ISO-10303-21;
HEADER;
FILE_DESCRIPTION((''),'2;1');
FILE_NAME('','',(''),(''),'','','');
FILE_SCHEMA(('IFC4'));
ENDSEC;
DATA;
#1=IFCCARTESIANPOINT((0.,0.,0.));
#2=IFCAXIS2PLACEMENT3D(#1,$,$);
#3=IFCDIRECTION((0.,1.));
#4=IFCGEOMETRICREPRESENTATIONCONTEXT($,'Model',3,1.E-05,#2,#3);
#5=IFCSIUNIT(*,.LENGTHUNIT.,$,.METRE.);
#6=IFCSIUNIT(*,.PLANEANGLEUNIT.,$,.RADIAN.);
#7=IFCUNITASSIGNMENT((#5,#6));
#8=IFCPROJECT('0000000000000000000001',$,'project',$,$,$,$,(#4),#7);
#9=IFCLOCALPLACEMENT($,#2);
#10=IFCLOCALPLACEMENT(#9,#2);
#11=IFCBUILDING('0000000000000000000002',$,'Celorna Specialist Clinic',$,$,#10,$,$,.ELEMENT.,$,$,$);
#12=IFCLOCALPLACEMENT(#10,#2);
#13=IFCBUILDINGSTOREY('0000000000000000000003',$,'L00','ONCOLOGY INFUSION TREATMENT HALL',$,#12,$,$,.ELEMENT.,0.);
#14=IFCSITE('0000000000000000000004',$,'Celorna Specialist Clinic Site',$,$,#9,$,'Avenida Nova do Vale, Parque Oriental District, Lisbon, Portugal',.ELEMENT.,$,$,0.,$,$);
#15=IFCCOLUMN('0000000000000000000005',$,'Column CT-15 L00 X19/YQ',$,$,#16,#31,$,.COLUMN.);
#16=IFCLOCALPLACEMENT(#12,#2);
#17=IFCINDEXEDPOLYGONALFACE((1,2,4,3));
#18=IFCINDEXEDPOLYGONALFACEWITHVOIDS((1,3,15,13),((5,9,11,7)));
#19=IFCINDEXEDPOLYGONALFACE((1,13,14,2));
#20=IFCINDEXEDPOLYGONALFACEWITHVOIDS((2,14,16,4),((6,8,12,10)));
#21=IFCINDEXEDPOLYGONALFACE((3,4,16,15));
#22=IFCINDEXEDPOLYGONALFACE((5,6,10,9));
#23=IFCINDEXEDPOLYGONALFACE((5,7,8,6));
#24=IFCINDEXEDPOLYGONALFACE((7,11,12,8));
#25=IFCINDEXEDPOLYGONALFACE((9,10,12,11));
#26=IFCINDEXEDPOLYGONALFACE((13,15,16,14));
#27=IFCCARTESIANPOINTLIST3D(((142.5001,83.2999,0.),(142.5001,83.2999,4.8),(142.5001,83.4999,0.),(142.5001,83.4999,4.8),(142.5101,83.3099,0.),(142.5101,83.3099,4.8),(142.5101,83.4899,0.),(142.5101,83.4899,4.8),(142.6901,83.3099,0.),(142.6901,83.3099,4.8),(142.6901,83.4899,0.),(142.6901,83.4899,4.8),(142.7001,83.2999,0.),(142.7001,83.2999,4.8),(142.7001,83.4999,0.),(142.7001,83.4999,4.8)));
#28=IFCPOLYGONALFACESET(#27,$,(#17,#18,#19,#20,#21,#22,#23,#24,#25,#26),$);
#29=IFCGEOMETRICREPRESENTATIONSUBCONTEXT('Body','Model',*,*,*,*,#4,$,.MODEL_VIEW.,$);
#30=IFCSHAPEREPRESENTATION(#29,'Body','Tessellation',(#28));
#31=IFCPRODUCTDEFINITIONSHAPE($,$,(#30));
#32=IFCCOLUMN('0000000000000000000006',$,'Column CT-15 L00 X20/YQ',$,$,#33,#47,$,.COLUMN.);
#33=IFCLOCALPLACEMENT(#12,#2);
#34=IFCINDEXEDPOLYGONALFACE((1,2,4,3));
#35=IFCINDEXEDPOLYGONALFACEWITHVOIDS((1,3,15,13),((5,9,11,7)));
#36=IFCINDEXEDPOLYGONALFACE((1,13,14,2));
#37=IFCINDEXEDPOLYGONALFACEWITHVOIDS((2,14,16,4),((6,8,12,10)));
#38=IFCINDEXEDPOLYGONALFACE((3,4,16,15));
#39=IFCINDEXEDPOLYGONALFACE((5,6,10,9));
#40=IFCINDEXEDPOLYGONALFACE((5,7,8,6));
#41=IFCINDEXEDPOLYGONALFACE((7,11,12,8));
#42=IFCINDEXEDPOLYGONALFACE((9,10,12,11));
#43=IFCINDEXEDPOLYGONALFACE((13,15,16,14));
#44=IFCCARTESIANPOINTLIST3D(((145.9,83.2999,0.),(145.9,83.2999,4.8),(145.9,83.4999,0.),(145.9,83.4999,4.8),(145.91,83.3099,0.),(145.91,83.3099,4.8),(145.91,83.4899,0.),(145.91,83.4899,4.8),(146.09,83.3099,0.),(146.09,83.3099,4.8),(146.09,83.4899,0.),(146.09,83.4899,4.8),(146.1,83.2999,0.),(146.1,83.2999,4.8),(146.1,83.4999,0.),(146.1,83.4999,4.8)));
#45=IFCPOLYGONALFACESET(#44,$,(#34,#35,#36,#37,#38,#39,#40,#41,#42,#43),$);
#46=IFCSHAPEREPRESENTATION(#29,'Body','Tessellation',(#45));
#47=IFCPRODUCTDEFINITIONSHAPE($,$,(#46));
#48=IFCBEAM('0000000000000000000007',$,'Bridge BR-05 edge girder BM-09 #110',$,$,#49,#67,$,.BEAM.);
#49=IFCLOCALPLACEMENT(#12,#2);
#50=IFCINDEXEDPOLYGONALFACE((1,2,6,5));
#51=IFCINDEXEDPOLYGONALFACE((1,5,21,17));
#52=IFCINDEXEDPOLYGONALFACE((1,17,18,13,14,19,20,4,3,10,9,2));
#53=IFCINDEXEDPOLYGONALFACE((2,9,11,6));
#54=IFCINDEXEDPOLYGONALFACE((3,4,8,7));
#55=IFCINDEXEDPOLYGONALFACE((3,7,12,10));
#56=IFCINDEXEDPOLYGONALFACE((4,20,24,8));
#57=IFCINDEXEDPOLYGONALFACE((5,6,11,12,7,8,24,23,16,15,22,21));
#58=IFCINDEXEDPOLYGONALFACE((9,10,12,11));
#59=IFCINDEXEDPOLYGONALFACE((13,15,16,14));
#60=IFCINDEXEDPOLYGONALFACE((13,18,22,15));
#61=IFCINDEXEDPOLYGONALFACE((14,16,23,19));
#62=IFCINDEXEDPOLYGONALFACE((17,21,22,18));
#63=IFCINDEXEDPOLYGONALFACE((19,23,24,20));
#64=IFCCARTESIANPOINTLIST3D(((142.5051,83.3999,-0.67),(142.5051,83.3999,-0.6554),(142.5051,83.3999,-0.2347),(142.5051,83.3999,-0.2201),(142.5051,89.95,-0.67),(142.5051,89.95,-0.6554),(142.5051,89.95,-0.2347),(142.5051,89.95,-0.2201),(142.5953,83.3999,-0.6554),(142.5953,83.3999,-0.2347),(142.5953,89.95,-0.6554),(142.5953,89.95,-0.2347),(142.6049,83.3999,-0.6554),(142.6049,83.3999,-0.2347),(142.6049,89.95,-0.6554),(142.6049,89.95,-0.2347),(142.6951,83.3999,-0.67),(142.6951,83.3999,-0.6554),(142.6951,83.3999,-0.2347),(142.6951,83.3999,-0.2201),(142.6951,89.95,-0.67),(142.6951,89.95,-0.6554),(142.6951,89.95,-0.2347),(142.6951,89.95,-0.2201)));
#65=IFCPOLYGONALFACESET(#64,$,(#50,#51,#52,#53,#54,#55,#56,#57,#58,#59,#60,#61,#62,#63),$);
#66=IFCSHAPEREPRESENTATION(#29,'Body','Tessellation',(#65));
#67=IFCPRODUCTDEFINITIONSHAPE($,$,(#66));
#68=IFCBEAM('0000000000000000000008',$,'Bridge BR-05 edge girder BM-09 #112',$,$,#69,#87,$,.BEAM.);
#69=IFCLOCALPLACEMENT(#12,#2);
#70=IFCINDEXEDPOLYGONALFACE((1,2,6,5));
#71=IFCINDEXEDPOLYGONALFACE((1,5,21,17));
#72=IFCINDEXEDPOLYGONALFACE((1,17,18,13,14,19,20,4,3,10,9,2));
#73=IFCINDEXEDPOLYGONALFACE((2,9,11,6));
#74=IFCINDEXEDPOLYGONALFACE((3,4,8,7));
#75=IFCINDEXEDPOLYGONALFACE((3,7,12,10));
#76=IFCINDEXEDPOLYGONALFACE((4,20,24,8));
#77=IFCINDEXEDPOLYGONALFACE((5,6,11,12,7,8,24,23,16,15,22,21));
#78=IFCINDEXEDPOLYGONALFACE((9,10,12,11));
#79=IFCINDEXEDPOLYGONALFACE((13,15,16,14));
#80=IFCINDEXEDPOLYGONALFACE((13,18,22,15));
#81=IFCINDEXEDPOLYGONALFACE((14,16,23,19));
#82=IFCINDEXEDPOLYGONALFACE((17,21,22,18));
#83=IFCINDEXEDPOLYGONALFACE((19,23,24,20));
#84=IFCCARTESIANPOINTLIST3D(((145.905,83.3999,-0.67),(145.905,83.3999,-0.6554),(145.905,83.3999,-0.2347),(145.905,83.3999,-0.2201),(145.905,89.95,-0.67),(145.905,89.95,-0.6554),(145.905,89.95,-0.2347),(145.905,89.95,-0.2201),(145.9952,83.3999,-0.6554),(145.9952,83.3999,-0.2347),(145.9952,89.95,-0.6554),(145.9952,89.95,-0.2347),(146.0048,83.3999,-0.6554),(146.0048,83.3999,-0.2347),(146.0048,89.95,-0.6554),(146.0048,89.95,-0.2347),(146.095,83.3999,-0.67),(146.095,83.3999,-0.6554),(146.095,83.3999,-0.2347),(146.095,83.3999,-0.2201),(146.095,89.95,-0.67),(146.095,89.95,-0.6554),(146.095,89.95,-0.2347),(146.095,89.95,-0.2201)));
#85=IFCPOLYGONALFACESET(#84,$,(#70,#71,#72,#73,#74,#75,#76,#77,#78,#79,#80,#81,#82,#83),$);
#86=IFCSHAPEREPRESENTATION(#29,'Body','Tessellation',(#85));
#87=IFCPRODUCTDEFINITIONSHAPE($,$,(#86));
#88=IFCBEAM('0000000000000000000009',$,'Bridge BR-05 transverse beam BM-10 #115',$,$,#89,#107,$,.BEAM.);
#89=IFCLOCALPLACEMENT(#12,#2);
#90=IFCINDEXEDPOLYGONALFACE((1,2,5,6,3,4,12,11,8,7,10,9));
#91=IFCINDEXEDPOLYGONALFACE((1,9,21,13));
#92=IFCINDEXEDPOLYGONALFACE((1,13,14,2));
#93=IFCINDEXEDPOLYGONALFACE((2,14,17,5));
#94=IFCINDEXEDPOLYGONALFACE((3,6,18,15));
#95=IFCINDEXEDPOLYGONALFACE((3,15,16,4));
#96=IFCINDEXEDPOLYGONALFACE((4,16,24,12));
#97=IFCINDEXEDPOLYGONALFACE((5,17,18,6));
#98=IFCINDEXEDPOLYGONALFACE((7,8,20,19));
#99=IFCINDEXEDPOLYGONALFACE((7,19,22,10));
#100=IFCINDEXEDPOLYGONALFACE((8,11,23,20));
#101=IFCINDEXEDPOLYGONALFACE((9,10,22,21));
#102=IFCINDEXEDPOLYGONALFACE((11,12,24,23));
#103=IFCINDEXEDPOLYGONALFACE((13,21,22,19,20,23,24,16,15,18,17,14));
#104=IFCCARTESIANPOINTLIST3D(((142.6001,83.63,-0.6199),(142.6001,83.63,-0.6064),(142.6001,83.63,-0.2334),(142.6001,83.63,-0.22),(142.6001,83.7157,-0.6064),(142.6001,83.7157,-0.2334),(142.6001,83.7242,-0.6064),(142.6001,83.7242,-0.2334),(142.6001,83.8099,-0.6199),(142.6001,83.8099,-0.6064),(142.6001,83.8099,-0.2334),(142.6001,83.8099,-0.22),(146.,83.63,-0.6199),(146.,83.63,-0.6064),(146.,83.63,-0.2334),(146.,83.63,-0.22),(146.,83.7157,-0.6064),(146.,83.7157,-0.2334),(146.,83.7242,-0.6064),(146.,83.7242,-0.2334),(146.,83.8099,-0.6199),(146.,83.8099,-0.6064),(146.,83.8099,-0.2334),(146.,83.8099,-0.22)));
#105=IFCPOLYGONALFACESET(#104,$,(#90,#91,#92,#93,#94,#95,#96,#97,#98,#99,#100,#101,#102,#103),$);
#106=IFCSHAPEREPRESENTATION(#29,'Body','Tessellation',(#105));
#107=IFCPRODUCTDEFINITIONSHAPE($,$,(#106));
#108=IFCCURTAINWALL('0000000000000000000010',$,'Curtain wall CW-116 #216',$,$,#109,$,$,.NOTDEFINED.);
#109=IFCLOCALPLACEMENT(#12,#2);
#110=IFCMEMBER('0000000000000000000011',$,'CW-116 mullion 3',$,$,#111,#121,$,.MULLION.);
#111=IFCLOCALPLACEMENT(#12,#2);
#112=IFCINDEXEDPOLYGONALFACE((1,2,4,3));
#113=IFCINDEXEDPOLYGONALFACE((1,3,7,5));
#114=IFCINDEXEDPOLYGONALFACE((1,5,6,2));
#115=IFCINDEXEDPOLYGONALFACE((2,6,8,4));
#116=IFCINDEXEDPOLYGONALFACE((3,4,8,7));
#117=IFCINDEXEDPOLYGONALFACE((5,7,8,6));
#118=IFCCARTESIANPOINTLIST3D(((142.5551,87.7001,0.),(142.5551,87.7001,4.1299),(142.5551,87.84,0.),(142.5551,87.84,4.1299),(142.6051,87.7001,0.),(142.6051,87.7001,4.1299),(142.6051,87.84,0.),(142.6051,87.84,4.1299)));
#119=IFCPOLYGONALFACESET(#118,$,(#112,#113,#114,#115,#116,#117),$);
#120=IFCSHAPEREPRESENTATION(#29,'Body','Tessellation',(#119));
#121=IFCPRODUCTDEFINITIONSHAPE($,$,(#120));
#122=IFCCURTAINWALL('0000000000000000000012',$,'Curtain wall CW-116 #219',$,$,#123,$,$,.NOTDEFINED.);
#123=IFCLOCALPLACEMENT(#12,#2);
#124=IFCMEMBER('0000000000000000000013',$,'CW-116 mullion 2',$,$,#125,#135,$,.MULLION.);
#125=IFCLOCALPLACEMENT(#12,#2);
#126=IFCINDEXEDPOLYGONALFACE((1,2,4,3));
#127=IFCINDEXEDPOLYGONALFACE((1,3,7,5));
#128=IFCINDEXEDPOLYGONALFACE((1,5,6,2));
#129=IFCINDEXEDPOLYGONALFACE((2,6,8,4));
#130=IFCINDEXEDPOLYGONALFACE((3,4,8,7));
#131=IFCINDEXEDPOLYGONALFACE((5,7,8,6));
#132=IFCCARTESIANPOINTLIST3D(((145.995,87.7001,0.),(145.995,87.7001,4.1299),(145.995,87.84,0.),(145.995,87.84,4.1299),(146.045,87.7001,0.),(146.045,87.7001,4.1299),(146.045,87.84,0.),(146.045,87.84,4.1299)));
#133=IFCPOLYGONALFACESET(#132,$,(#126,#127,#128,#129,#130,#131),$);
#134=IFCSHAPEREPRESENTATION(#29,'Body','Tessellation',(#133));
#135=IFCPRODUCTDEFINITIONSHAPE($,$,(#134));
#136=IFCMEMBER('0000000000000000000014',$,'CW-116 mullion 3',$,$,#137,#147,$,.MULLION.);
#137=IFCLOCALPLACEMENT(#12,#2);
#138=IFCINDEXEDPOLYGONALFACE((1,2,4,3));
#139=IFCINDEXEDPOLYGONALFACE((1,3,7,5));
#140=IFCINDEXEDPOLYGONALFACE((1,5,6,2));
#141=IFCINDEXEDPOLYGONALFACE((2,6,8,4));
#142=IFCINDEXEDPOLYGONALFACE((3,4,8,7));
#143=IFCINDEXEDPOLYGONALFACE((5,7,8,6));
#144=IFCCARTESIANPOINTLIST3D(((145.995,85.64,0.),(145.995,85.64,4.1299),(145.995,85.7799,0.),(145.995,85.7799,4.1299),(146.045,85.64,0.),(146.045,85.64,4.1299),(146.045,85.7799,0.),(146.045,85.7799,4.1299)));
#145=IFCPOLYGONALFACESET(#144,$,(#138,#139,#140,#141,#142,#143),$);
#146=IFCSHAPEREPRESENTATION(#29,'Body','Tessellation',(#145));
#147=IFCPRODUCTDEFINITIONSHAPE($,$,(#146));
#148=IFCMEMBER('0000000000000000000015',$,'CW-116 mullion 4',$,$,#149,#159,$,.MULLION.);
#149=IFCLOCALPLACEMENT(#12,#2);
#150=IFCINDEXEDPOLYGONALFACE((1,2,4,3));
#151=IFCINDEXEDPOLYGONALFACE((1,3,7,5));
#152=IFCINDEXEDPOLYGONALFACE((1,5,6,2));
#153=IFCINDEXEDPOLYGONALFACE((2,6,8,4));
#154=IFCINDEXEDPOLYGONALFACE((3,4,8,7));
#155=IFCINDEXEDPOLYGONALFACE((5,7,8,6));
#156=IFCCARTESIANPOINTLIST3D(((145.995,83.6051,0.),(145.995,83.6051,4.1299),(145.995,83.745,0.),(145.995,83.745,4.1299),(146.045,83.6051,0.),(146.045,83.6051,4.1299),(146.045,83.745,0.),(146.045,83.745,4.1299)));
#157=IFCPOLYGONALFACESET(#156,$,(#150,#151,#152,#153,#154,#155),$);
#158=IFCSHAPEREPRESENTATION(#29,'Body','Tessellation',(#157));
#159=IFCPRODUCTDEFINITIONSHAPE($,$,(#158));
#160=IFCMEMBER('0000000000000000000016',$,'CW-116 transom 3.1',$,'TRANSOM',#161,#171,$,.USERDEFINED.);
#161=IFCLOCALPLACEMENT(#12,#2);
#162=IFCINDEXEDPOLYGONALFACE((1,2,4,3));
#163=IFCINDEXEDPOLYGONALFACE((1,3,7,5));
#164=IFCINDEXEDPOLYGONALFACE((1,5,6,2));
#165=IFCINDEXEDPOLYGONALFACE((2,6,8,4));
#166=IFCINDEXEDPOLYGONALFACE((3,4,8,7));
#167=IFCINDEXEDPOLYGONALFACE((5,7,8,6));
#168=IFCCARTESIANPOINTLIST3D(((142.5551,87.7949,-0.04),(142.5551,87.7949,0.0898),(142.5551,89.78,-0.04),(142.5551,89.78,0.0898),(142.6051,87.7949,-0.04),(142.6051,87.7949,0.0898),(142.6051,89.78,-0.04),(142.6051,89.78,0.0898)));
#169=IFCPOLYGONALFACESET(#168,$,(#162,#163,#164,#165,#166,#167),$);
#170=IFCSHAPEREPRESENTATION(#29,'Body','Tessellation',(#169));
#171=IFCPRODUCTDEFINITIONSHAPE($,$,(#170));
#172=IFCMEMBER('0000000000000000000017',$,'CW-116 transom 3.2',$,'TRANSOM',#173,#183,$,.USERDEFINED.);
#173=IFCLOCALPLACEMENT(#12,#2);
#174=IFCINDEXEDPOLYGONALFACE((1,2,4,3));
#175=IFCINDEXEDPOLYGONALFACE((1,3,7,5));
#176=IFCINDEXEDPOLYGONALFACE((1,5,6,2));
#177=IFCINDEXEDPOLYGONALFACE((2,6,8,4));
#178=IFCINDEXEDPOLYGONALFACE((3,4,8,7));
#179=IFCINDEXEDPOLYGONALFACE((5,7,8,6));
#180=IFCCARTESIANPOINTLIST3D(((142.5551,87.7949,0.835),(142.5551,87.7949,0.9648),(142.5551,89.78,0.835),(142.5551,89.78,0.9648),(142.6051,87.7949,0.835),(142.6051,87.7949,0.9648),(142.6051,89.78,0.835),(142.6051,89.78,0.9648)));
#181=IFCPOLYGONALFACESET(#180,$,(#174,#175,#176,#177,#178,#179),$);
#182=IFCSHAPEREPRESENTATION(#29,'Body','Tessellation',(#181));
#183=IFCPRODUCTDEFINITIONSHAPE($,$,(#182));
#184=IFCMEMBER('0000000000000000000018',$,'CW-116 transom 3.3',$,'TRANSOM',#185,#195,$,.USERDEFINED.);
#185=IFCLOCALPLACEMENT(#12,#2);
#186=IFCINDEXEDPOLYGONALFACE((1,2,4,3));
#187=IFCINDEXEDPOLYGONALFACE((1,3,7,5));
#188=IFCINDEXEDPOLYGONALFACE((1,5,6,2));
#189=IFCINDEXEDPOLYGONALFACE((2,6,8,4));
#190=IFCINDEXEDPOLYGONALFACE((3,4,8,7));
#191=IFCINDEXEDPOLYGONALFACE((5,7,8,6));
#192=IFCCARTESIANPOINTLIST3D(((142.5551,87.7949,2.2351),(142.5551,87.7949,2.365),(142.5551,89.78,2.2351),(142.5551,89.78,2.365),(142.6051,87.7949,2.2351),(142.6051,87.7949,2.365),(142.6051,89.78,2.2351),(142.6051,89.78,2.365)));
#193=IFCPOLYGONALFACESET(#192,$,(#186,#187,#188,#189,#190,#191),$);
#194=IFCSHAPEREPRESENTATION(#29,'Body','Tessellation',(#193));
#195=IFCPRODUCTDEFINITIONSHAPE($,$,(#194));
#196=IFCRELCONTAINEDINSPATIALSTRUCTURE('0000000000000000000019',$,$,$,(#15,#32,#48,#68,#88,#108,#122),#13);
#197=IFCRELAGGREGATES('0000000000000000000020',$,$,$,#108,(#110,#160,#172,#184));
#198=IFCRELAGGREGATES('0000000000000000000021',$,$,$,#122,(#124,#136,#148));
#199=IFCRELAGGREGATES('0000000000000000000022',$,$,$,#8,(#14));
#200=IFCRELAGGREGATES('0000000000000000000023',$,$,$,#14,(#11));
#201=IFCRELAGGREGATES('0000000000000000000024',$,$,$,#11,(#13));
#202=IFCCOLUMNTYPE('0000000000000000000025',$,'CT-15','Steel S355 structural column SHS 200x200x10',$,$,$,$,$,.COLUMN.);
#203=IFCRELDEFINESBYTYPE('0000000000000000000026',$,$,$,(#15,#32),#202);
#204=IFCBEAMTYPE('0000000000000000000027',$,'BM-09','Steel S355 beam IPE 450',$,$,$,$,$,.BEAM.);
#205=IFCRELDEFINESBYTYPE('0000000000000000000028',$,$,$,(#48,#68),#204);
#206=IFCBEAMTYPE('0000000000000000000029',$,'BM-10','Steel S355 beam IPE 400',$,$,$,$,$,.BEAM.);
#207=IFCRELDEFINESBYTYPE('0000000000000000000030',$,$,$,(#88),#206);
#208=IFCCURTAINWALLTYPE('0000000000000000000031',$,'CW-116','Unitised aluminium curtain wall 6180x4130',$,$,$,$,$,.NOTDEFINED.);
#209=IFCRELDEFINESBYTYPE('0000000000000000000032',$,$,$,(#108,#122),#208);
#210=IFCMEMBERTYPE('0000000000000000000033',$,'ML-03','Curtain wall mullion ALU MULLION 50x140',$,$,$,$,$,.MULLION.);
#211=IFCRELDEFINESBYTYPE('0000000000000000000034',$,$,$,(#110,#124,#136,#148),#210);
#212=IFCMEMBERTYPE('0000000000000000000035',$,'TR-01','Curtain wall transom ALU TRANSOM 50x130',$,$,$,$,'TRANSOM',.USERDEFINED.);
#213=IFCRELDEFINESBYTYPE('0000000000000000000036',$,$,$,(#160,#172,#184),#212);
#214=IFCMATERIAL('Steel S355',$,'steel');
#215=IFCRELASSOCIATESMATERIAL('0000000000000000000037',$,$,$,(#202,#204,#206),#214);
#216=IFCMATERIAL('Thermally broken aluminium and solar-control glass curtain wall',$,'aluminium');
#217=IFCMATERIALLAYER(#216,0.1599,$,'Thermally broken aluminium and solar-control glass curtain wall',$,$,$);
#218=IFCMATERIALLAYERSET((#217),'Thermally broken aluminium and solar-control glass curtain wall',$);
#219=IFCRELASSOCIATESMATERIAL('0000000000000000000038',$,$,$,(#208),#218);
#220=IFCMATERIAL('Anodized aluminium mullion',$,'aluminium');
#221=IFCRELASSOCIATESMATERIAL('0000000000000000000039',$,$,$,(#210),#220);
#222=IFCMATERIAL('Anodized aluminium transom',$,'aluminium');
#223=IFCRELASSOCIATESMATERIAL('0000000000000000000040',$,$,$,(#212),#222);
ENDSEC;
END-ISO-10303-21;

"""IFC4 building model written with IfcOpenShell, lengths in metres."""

from ifc_helpers import new_model, si_unit, direction, frame, origin, origin_2d, place, context, subcontext, project, spatial, rectangle, hollow_rectangle, i_section, extrude, material, layer, layer_set, material_profile, profile_set, type_object, element, aggregate, save


model = new_model("IFC4")

# Units and contexts
model_context = context("Model", 3, precision=1e-05, world=origin(), true_north=direction((0.0, 1.0)))
body_context = subcontext(model_context, "Body", "Model", "MODEL_VIEW")
ifc_project = project(units=[si_unit("LENGTHUNIT", "METRE"), si_unit("PLANEANGLEUNIT", "RADIAN")], contexts=[model_context])

# Site, building, storey
site_placement = place(None, origin())
site = spatial("IfcSite", under=ifc_project, at=site_placement, Name="Celorna Specialist Clinic Site", LongName="Avenida Nova do Vale, Parque Oriental District, Lisbon, Portugal", CompositionType="ELEMENT", RefElevation=0.0)
building_placement = place(site_placement, origin())
building = spatial("IfcBuilding", under=site, at=building_placement, Name="Celorna Specialist Clinic", CompositionType="ELEMENT")
storey_placement = place(building_placement, origin())
storey = spatial("IfcBuildingStorey", under=building, at=storey_placement, Name="L00", Description="ONCOLOGY INFUSION TREATMENT HALL", CompositionType="ELEMENT", Elevation=0.0)

# Columns
ifc_material_1 = material(Name="Steel S355", Category="steel")
ifc_material_profile_1 = material_profile(ifc_material_1, hollow_rectangle(XDim=0.2, YDim=0.2, WallThickness=0.01, at=origin_2d()), Name="SHS 200x200x10")
ifc_profile_set_1 = profile_set([ifc_material_profile_1], Name="Steel S355")
column_type = type_object("IfcColumnType", Name="CT-15", Description="Steel S355 structural column SHS 200x200x10", PredefinedType="COLUMN", material=ifc_profile_set_1)
for number, where, z_axis, x_axis, name in (
    (1, (142.6001, 83.3999, 0.0), (0.0, 0.0, 1.0), (1.0, 0.0, 0.0), "Column CT-15 L00 X19/YQ"),
    (2, (146.0, 83.3999, 0.0), (0.0, 0.0, 1.0), (1.0, 0.0, 0.0), "Column CT-15 L00 X20/YQ"),
):
    element("IfcColumn", number, at=place(storey_placement, frame(where, z_axis=z_axis, x_axis=x_axis)), inside=storey, type_object=column_type, Name=name, PredefinedType="COLUMN", context=body_context, shape_type="SweptSolid", body=[
        extrude(hollow_rectangle(XDim=0.2, YDim=0.2, WallThickness=0.01, at=origin_2d()), origin(), (0.0, 0.0, 1.0), 4.8),
    ])

# Beams
ifc_material_profile_2 = material_profile(ifc_material_1, i_section(OverallWidth=0.1899, OverallDepth=0.45, WebThickness=0.0095, FlangeThickness=0.0146, at=origin_2d()), Name="IPE 450")
ifc_profile_set_2 = profile_set([ifc_material_profile_2], Name="Steel S355")
beam_type_1 = type_object("IfcBeamType", Name="BM-09", Description="Steel S355 beam IPE 450", PredefinedType="BEAM", material=ifc_profile_set_2)
for number, where, z_axis, x_axis, name in (
    (3, (142.6001, 83.3999, -0.4451), (0.0, 1.0, 0.0), (-1.0, 0.0, 0.0), "Bridge BR-05 edge girder BM-09 #110"),
    (4, (146.0, 83.3999, -0.4451), (0.0, 1.0, 0.0), (-1.0, 0.0, 0.0), "Bridge BR-05 edge girder BM-09 #112"),
):
    element("IfcBeam", number, at=place(storey_placement, frame(where, z_axis=z_axis, x_axis=x_axis)), inside=storey, type_object=beam_type_1, Name=name, PredefinedType="BEAM", context=body_context, shape_type="SweptSolid", body=[
        extrude(i_section(OverallWidth=0.1899, OverallDepth=0.45, WebThickness=0.0095, FlangeThickness=0.0146, at=origin_2d()), origin(), (0.0, 0.0, 1.0), 6.55),
    ])
ifc_material_profile_3 = material_profile(ifc_material_1, i_section(OverallWidth=0.1799, OverallDepth=0.3999, WebThickness=0.0085, FlangeThickness=0.0134, at=origin_2d()), Name="IPE 400")
ifc_profile_set_3 = profile_set([ifc_material_profile_3], Name="Steel S355")
beam_type_2 = type_object("IfcBeamType", Name="BM-10", Description="Steel S355 beam IPE 400", PredefinedType="BEAM", material=ifc_profile_set_3)
beam_placement = place(storey_placement, frame((142.6001, 83.72, -0.4199), z_axis=(1.0, 0.0, 0.0), x_axis=(0.0, 1.0, 0.0)))
element("IfcBeam", 5, at=beam_placement, inside=storey, type_object=beam_type_2, Name="Bridge BR-05 transverse beam BM-10 #115", PredefinedType="BEAM", context=body_context, shape_type="SweptSolid", body=[
    extrude(i_section(OverallWidth=0.1799, OverallDepth=0.3999, WebThickness=0.0085, FlangeThickness=0.0134, at=origin_2d()), origin(), (0.0, 0.0, 1.0), 3.3999),
])

# Curtain wall, member
ifc_material_2 = material(Name="Thermally broken aluminium and solar-control glass curtain wall", Category="aluminium")
ifc_layer_1 = layer(ifc_material_2, 0.1599, Name="Thermally broken aluminium and solar-control glass curtain wall")
ifc_layer_set_1 = layer_set([ifc_layer_1], Name="Thermally broken aluminium and solar-control glass curtain wall")
curtain_wall_type = type_object("IfcCurtainWallType", Name="CW-116", Description="Unitised aluminium curtain wall 6180x4130", PredefinedType="NOTDEFINED", material=ifc_layer_set_1)
curtain_wall_1_placement = place(storey_placement, origin())
curtain_wall_1 = element("IfcCurtainWall", 6, at=curtain_wall_1_placement, inside=storey, type_object=curtain_wall_type, Name="Curtain wall CW-116 #216", PredefinedType="NOTDEFINED")
ifc_material_3 = material(Name="Anodized aluminium mullion", Category="aluminium")
ifc_material_profile_4 = material_profile(ifc_material_3, rectangle(XDim=0.05, YDim=0.1399, at=origin_2d()), Name="ALU MULLION 50x140")
ifc_profile_set_4 = profile_set([ifc_material_profile_4], Name="Anodized aluminium mullion")
member_type_1 = type_object("IfcMemberType", Name="ML-03", Description="Curtain wall mullion ALU MULLION 50x140", PredefinedType="MULLION", material=ifc_profile_set_4)
member_1_placement = place(storey_placement, frame((142.5801, 87.77, 0.0), z_axis=(0.0, 0.0, 1.0), x_axis=(-1.0, 0.0, 0.0)))
member_1 = element("IfcMember", 7, at=member_1_placement, type_object=member_type_1, Name="CW-116 mullion 3", PredefinedType="MULLION", context=body_context, shape_type="SweptSolid", body=[
    extrude(rectangle(XDim=0.05, YDim=0.1399, at=origin_2d()), origin(), (0.0, 0.0, 1.0), 4.1299),
])

# Curtain wall, members
curtain_wall_2_placement = place(storey_placement, origin())
curtain_wall_2 = element("IfcCurtainWall", 8, at=curtain_wall_2_placement, inside=storey, type_object=curtain_wall_type, Name="Curtain wall CW-116 #219", PredefinedType="NOTDEFINED")
member_2_placement = place(storey_placement, frame((146.02, 87.77, 0.0), z_axis=(0.0, 0.0, 1.0), x_axis=(1.0, 0.0, 0.0)))
member_2 = element("IfcMember", 9, at=member_2_placement, type_object=member_type_1, Name="CW-116 mullion 2", PredefinedType="MULLION", context=body_context, shape_type="SweptSolid", body=[
    extrude(rectangle(XDim=0.05, YDim=0.1399, at=origin_2d()), origin(), (0.0, 0.0, 1.0), 4.1299),
])
member_3_placement = place(storey_placement, frame((146.02, 85.71, 0.0), z_axis=(0.0, 0.0, 1.0), x_axis=(1.0, 0.0, 0.0)))
member_3 = element("IfcMember", 10, at=member_3_placement, type_object=member_type_1, Name="CW-116 mullion 3", PredefinedType="MULLION", context=body_context, shape_type="SweptSolid", body=[
    extrude(rectangle(XDim=0.05, YDim=0.1399, at=origin_2d()), origin(), (0.0, 0.0, 1.0), 4.1299),
])
member_4_placement = place(storey_placement, frame((146.02, 83.675, 0.0), z_axis=(0.0, 0.0, 1.0), x_axis=(1.0, 0.0, 0.0)))
member_4 = element("IfcMember", 11, at=member_4_placement, type_object=member_type_1, Name="CW-116 mullion 4", PredefinedType="MULLION", context=body_context, shape_type="SweptSolid", body=[
    extrude(rectangle(XDim=0.05, YDim=0.1399, at=origin_2d()), origin(), (0.0, 0.0, 1.0), 4.1299),
])

# Members
ifc_material_4 = material(Name="Anodized aluminium transom", Category="aluminium")
ifc_material_profile_5 = material_profile(ifc_material_4, rectangle(XDim=0.05, YDim=0.1299, at=origin_2d()), Name="ALU TRANSOM 50x130")
ifc_profile_set_5 = profile_set([ifc_material_profile_5], Name="Anodized aluminium transom")
member_type_2 = type_object("IfcMemberType", Name="TR-01", Description="Curtain wall transom ALU TRANSOM 50x130", ElementType="TRANSOM", PredefinedType="USERDEFINED", material=ifc_profile_set_5)
member_5_placement = place(storey_placement, frame((142.5801, 87.7949, 0.0249), z_axis=(0.0, 1.0, 0.0), x_axis=(-1.0, 0.0, 0.0)))
member_5 = element("IfcMember", 12, at=member_5_placement, type_object=member_type_2, Name="CW-116 transom 3.1", ObjectType="TRANSOM", PredefinedType="USERDEFINED", context=body_context, shape_type="SweptSolid", body=[
    extrude(rectangle(XDim=0.05, YDim=0.1299, at=origin_2d()), origin(), (0.0, 0.0, 1.0), 1.9851),
])
member_6_placement = place(storey_placement, frame((142.5801, 87.7949, 0.8999), z_axis=(0.0, 1.0, 0.0), x_axis=(-1.0, 0.0, 0.0)))
member_6 = element("IfcMember", 13, at=member_6_placement, type_object=member_type_2, Name="CW-116 transom 3.2", ObjectType="TRANSOM", PredefinedType="USERDEFINED", context=body_context, shape_type="SweptSolid", body=[
    extrude(rectangle(XDim=0.05, YDim=0.1299, at=origin_2d()), origin(), (0.0, 0.0, 1.0), 1.9851),
])
member_7_placement = place(storey_placement, frame((142.5801, 87.7949, 2.3), z_axis=(0.0, 1.0, 0.0), x_axis=(-1.0, 0.0, 0.0)))
member_7 = element("IfcMember", 14, at=member_7_placement, type_object=member_type_2, Name="CW-116 transom 3.3", ObjectType="TRANSOM", PredefinedType="USERDEFINED", context=body_context, shape_type="SweptSolid", body=[
    extrude(rectangle(XDim=0.05, YDim=0.1299, at=origin_2d()), origin(), (0.0, 0.0, 1.0), 1.9851),
])

aggregate(curtain_wall_1, [member_1, member_5, member_6, member_7])
aggregate(curtain_wall_2, [member_2, member_3, member_4])

save(model, "model.ifc")
